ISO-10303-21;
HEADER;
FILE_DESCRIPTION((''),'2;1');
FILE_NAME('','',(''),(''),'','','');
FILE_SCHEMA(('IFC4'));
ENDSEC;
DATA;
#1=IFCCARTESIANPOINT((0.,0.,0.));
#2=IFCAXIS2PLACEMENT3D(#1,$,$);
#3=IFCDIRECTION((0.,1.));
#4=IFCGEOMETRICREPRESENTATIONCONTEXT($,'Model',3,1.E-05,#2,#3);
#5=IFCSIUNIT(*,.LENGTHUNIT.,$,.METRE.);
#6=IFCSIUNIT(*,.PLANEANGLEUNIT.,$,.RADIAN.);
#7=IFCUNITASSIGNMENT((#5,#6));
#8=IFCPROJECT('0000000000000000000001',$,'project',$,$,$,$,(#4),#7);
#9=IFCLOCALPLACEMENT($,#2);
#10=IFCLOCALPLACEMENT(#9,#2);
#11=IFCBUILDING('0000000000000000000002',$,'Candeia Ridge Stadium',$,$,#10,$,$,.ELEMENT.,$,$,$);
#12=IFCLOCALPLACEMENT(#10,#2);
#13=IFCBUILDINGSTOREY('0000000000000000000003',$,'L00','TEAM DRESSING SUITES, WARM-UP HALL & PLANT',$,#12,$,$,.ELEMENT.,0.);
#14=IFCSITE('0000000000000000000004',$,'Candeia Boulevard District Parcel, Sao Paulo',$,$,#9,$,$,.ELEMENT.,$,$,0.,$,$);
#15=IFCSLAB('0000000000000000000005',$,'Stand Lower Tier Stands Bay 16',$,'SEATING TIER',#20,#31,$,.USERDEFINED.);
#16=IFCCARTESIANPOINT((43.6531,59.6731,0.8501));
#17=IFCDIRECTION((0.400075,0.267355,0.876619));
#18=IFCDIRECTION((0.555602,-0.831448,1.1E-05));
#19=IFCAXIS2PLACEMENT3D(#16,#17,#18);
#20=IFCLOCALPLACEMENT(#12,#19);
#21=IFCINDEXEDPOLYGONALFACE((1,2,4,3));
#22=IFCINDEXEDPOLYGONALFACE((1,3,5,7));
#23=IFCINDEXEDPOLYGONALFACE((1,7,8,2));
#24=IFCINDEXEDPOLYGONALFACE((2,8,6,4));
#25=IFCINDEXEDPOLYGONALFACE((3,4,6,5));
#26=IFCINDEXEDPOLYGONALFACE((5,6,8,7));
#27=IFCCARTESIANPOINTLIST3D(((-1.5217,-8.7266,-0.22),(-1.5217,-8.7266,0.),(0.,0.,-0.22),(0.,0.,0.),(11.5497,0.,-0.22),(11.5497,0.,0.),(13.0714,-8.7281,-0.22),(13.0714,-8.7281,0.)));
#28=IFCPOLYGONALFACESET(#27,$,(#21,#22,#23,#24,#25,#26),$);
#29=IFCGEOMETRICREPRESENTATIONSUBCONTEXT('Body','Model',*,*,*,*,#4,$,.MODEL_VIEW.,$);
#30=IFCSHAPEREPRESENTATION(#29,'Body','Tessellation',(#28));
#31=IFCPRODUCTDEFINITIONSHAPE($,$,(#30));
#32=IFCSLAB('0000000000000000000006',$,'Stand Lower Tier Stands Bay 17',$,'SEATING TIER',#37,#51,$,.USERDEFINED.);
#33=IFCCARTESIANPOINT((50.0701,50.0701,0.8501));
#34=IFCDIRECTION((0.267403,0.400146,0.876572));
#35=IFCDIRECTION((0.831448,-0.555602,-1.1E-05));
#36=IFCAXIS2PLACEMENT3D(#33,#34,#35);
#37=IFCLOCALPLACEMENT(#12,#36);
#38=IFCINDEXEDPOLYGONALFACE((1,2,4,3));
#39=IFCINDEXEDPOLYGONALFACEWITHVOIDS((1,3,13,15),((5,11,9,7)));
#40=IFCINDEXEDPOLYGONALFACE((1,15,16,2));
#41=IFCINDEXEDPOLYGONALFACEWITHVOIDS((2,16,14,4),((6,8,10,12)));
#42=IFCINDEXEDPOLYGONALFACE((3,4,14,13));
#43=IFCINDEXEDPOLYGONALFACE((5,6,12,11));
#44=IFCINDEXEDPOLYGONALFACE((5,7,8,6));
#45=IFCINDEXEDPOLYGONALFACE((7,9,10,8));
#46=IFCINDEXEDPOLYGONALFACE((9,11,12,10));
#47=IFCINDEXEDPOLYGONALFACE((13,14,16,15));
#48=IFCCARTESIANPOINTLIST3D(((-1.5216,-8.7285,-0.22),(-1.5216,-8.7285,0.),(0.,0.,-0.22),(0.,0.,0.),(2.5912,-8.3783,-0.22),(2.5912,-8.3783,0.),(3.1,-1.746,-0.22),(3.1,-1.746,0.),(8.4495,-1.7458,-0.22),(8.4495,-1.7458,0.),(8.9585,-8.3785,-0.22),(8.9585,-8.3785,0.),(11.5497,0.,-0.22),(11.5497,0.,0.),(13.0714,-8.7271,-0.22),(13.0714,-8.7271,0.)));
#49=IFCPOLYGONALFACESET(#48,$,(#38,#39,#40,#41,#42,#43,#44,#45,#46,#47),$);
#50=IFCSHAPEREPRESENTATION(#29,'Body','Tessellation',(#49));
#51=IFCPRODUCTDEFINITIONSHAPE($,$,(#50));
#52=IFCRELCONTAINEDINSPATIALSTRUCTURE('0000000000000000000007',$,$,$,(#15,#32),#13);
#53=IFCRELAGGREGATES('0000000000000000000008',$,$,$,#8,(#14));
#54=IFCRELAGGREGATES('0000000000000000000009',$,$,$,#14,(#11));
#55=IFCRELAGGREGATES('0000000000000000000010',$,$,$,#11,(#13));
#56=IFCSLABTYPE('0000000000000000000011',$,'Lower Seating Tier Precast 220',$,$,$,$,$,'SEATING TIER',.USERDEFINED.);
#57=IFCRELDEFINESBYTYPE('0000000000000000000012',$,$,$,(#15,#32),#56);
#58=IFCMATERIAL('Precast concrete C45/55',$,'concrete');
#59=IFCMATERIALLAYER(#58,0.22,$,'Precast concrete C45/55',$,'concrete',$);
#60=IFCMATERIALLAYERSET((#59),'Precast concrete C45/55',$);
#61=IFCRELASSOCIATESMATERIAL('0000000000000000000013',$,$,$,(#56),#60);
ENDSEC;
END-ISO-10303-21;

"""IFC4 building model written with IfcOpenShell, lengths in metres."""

from ifc_helpers import new_model, si_unit, direction, frame, origin, place, context, subcontext, project, spatial, polyline, outline, extrude, material, layer, layer_set, type_object, element, save


model = new_model("IFC4")

# Units and contexts
model_context = context("Model", 3, precision=1e-05, world=origin(), true_north=direction((0.0, 1.0)))
body_context = subcontext(model_context, "Body", "Model", "MODEL_VIEW")
ifc_project = project(units=[si_unit("LENGTHUNIT", "METRE"), si_unit("PLANEANGLEUNIT", "RADIAN")], contexts=[model_context])

# Site, building, storey
site_placement = place(None, origin())
site = spatial("IfcSite", under=ifc_project, at=site_placement, Name="Candeia Boulevard District Parcel, Sao Paulo", CompositionType="ELEMENT", RefElevation=0.0)
building_placement = place(site_placement, origin())
building = spatial("IfcBuilding", under=site, at=building_placement, Name="Candeia Ridge Stadium", CompositionType="ELEMENT")
storey_placement = place(building_placement, origin())
storey = spatial("IfcBuildingStorey", under=building, at=storey_placement, Name="L00", Description="TEAM DRESSING SUITES, WARM-UP HALL & PLANT", CompositionType="ELEMENT", Elevation=0.0)

# Slabs
ifc_material_1 = material(Name="Precast concrete C45/55", Category="concrete")
ifc_layer_1 = layer(ifc_material_1, 0.22, Name="Precast concrete C45/55", Category="concrete")
ifc_layer_set_1 = layer_set([ifc_layer_1], Name="Precast concrete C45/55")
slab_type = type_object("IfcSlabType", Name="Lower Seating Tier Precast 220", ElementType="SEATING TIER", PredefinedType="USERDEFINED", material=ifc_layer_set_1)
slab_1_placement = place(storey_placement, frame((43.6531, 59.6731, 0.8501), z_axis=(0.400075, 0.267355, 0.876619), x_axis=(0.555602, -0.831448, 0.000011)))
element("IfcSlab", 1, at=slab_1_placement, inside=storey, type_object=slab_type, Name="Stand Lower Tier Stands Bay 16", ObjectType="SEATING TIER", PredefinedType="USERDEFINED", context=body_context, shape_type="SweptSolid", body=[
    extrude(outline(polyline([(0.0, 0.0), (11.5497, 0.0), (13.0714, -8.7281), (-1.5217, -8.7266), (0.0, 0.0)])), origin(), (0.0, 0.0, -1.0), 0.22),
])
slab_2_placement = place(storey_placement, frame((50.0701, 50.0701, 0.8501), z_axis=(0.267403, 0.400146, 0.876572), x_axis=(0.831448, -0.555602, -0.000011)))
element("IfcSlab", 2, at=slab_2_placement, inside=storey, type_object=slab_type, Name="Stand Lower Tier Stands Bay 17", ObjectType="SEATING TIER", PredefinedType="USERDEFINED", context=body_context, shape_type="SweptSolid", body=[
    extrude(outline(polyline([(0.0, 0.0), (11.5497, 0.0), (13.0714, -8.7271), (-1.5216, -8.7285), (0.0, 0.0)]), holes=[polyline([(3.1, -1.746), (8.4495, -1.7458), (8.9585, -8.3785), (2.5912, -8.3783), (3.1, -1.746)])]), origin(), (0.0, 0.0, -1.0), 0.22),
])

save(model, "model.ifc")
